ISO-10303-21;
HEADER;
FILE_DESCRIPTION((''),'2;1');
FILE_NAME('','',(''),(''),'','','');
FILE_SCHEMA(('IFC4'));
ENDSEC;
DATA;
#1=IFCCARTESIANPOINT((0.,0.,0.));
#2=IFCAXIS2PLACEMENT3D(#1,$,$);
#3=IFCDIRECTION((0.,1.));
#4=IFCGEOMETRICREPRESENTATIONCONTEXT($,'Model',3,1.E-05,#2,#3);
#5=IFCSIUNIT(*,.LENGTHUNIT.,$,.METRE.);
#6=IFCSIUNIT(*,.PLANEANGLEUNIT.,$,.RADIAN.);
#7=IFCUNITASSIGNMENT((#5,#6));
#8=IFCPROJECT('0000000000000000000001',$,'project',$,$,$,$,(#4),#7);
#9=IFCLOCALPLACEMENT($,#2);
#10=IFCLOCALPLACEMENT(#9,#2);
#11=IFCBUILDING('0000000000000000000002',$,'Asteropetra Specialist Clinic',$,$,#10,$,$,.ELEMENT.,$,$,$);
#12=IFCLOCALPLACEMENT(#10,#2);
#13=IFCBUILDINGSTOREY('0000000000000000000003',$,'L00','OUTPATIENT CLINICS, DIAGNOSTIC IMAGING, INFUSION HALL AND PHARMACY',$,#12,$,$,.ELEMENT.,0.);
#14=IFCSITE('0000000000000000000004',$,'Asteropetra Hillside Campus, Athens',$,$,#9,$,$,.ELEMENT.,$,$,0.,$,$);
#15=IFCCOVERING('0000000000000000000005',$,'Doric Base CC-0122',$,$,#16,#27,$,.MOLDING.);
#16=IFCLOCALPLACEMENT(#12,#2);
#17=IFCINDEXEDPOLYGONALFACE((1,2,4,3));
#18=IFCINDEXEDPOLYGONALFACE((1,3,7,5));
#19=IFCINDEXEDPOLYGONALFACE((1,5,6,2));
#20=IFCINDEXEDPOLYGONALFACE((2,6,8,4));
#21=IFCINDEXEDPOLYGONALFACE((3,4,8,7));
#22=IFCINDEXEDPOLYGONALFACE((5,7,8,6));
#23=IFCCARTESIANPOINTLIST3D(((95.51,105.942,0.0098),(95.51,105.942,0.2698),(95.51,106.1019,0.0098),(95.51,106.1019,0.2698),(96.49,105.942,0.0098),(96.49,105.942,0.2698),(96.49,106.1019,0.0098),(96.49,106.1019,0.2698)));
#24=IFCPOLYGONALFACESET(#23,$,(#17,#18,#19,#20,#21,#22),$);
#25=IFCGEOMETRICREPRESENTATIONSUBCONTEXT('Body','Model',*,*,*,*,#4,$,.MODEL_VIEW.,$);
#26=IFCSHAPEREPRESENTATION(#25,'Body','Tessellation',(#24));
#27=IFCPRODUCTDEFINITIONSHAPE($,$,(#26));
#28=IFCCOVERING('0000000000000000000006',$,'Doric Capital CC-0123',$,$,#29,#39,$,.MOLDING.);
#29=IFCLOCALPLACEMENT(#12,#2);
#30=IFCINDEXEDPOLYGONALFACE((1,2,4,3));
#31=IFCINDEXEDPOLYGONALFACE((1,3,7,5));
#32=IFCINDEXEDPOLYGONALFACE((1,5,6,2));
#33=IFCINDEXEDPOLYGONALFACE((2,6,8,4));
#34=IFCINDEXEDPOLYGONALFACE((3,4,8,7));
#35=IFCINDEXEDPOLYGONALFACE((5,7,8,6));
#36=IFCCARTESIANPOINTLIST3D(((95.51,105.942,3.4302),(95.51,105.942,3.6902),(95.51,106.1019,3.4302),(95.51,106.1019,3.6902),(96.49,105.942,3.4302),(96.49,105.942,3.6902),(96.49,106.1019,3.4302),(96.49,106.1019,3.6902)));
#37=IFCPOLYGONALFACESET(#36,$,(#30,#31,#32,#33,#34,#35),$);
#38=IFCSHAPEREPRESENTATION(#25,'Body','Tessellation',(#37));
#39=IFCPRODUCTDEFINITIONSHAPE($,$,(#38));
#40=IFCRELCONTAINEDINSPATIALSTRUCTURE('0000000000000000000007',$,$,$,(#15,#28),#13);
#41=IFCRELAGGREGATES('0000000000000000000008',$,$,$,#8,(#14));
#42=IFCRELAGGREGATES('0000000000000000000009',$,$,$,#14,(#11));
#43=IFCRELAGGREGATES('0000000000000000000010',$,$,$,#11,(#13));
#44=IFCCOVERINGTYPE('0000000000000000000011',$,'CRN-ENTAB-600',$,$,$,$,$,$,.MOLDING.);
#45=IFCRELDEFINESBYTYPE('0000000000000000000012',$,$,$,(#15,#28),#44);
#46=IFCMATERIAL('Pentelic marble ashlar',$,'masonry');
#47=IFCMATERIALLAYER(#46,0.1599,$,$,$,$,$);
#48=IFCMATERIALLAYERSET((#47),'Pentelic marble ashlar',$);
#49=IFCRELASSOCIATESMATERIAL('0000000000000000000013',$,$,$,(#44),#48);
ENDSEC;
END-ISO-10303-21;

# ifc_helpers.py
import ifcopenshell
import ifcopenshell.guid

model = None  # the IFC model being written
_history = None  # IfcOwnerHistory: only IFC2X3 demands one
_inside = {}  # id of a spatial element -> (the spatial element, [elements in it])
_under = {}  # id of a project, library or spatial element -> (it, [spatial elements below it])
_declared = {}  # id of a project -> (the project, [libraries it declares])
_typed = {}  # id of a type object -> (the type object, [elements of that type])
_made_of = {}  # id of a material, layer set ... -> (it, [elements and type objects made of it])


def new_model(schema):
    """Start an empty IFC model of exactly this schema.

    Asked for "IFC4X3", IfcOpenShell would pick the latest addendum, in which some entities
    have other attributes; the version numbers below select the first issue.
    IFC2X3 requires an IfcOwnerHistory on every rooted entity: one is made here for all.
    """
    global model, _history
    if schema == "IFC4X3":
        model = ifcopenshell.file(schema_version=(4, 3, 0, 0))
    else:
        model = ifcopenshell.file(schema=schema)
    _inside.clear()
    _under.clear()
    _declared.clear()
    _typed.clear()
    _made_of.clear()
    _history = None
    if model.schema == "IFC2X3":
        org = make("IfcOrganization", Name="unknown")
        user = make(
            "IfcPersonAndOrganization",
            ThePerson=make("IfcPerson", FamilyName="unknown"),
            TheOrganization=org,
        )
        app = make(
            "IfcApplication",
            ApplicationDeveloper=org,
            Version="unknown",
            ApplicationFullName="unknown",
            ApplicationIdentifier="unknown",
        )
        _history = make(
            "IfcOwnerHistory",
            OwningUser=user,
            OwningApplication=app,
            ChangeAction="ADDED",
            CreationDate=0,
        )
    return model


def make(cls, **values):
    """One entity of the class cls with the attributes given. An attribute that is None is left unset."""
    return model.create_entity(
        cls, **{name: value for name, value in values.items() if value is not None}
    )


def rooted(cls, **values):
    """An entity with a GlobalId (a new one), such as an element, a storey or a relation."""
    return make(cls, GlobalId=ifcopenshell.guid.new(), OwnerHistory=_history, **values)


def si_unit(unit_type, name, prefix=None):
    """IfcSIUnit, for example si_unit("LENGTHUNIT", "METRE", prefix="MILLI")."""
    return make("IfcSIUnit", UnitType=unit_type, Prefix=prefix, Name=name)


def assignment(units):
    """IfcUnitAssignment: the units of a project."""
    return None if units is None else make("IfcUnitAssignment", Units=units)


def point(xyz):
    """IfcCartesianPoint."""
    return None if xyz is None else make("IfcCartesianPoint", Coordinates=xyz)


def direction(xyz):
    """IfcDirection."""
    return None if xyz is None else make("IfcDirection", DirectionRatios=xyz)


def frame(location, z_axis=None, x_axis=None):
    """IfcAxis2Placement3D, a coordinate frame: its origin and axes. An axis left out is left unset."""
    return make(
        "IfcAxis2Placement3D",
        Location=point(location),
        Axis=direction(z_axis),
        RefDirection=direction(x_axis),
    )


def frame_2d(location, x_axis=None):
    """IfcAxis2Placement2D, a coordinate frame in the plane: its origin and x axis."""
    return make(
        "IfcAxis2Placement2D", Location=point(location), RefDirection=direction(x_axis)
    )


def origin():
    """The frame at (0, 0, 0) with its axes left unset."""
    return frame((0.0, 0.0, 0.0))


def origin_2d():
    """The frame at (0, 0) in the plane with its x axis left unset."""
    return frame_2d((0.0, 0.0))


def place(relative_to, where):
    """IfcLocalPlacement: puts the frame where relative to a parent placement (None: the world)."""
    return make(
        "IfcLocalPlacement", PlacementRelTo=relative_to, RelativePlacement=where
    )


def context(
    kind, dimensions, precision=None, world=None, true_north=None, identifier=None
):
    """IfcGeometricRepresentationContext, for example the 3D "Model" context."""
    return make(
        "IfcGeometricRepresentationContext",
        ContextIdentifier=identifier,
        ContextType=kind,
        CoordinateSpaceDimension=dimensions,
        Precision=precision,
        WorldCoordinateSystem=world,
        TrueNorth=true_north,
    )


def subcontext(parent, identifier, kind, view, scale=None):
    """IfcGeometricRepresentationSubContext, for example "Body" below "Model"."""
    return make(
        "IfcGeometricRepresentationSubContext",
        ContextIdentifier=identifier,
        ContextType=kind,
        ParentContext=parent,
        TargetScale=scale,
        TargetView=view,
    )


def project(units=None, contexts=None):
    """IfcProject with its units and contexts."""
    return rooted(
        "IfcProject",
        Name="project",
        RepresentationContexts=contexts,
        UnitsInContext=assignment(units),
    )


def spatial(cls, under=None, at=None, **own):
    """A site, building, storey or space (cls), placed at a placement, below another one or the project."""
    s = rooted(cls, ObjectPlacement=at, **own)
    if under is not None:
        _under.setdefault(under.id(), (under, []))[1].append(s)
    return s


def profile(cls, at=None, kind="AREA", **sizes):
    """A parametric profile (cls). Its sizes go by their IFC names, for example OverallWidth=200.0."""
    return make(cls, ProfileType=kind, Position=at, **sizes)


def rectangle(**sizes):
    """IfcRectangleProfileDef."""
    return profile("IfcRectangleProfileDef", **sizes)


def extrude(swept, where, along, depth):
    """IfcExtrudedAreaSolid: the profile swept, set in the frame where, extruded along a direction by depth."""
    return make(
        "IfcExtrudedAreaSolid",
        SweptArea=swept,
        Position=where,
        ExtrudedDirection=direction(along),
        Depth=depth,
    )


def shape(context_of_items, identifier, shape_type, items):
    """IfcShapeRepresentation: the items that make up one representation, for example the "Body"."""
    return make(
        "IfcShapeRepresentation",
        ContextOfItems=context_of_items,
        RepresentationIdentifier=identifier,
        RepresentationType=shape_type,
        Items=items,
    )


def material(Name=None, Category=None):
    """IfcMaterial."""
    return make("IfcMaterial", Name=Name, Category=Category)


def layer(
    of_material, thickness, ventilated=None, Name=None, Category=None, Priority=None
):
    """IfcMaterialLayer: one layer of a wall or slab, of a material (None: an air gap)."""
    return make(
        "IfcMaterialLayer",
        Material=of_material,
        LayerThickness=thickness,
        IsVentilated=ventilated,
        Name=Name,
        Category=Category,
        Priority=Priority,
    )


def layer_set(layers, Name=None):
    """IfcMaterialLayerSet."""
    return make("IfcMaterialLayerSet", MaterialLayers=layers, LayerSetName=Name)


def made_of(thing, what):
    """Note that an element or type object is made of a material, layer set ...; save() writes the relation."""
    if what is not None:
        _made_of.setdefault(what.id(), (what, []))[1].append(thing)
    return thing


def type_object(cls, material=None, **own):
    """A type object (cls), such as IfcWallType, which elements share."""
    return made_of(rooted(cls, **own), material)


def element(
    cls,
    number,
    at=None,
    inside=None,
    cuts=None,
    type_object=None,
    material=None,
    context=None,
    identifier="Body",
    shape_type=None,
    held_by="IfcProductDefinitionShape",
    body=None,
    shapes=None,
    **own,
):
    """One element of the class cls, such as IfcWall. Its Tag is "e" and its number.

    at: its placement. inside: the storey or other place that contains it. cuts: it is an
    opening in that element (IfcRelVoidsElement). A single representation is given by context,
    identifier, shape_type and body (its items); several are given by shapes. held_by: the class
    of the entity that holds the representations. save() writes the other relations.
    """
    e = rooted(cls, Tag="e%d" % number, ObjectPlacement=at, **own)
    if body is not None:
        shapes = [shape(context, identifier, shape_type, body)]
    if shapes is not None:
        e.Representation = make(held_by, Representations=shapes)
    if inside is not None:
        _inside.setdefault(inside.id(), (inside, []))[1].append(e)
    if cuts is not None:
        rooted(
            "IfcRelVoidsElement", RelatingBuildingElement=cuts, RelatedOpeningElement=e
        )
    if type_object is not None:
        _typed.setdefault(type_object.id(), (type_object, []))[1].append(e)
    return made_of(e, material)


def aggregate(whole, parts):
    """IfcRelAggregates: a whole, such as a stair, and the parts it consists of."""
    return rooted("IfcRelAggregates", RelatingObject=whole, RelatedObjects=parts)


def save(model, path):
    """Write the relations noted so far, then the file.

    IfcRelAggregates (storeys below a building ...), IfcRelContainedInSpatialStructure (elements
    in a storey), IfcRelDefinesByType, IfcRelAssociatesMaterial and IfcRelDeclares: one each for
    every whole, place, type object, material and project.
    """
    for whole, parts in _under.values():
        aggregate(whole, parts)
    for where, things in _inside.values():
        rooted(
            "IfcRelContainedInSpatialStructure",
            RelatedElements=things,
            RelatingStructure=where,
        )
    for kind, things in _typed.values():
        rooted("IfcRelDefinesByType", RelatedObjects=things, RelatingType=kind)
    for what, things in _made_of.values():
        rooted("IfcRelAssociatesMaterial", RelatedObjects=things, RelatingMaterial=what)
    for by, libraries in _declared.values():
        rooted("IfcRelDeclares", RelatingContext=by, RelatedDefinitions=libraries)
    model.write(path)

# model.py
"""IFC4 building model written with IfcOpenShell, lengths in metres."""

from ifc_helpers import new_model, si_unit, direction, frame, origin, origin_2d, place, context, subcontext, project, spatial, rectangle, extrude, material, layer, layer_set, type_object, element, save


model = new_model("IFC4")

# Units and contexts
model_context = context("Model", 3, precision=1e-05, world=origin(), true_north=direction((0.0, 1.0)))
body_context = subcontext(model_context, "Body", "Model", "MODEL_VIEW")
ifc_project = project(units=[si_unit("LENGTHUNIT", "METRE"), si_unit("PLANEANGLEUNIT", "RADIAN")], contexts=[model_context])

# Site, building, storey
site_placement = place(None, origin())
site = spatial("IfcSite", under=ifc_project, at=site_placement, Name="Asteropetra Hillside Campus, Athens", CompositionType="ELEMENT", RefElevation=0.0)
building_placement = place(site_placement, origin())
building = spatial("IfcBuilding", under=site, at=building_placement, Name="Asteropetra Specialist Clinic", CompositionType="ELEMENT")
storey_placement = place(building_placement, origin())
storey = spatial("IfcBuildingStorey", under=building, at=storey_placement, Name="L00", Description="OUTPATIENT CLINICS, DIAGNOSTIC IMAGING, INFUSION HALL AND PHARMACY", CompositionType="ELEMENT", Elevation=0.0)

# Coverings
ifc_material_1 = material(Name="Pentelic marble ashlar", Category="masonry")
ifc_layer_1 = layer(ifc_material_1, 0.1599)
ifc_layer_set_1 = layer_set([ifc_layer_1], Name="Pentelic marble ashlar")
covering_type = type_object("IfcCoveringType", Name="CRN-ENTAB-600", PredefinedType="MOLDING", material=ifc_layer_set_1)
for number, where, z_axis, x_axis, name in (
    (1, (96.0, 106.022, 0.0098), (0.0, 0.0, 1.0), (1.0, 0.0, 0.0), "Doric Base CC-0122"),
    (2, (96.0, 106.022, 3.4302), (0.0, 0.0, 1.0), (1.0, 0.0, 0.0), "Doric Capital CC-0123"),
):
    element("IfcCovering", number, at=place(storey_placement, frame(where, z_axis=z_axis, x_axis=x_axis)), inside=storey, type_object=covering_type, Name=name, PredefinedType="MOLDING", context=body_context, shape_type="SweptSolid", body=[
        extrude(rectangle(XDim=0.98, YDim=0.1599, at=origin_2d()), origin(), (0.0, 0.0, 1.0), 0.26),
    ])

save(model, "model.ifc")
